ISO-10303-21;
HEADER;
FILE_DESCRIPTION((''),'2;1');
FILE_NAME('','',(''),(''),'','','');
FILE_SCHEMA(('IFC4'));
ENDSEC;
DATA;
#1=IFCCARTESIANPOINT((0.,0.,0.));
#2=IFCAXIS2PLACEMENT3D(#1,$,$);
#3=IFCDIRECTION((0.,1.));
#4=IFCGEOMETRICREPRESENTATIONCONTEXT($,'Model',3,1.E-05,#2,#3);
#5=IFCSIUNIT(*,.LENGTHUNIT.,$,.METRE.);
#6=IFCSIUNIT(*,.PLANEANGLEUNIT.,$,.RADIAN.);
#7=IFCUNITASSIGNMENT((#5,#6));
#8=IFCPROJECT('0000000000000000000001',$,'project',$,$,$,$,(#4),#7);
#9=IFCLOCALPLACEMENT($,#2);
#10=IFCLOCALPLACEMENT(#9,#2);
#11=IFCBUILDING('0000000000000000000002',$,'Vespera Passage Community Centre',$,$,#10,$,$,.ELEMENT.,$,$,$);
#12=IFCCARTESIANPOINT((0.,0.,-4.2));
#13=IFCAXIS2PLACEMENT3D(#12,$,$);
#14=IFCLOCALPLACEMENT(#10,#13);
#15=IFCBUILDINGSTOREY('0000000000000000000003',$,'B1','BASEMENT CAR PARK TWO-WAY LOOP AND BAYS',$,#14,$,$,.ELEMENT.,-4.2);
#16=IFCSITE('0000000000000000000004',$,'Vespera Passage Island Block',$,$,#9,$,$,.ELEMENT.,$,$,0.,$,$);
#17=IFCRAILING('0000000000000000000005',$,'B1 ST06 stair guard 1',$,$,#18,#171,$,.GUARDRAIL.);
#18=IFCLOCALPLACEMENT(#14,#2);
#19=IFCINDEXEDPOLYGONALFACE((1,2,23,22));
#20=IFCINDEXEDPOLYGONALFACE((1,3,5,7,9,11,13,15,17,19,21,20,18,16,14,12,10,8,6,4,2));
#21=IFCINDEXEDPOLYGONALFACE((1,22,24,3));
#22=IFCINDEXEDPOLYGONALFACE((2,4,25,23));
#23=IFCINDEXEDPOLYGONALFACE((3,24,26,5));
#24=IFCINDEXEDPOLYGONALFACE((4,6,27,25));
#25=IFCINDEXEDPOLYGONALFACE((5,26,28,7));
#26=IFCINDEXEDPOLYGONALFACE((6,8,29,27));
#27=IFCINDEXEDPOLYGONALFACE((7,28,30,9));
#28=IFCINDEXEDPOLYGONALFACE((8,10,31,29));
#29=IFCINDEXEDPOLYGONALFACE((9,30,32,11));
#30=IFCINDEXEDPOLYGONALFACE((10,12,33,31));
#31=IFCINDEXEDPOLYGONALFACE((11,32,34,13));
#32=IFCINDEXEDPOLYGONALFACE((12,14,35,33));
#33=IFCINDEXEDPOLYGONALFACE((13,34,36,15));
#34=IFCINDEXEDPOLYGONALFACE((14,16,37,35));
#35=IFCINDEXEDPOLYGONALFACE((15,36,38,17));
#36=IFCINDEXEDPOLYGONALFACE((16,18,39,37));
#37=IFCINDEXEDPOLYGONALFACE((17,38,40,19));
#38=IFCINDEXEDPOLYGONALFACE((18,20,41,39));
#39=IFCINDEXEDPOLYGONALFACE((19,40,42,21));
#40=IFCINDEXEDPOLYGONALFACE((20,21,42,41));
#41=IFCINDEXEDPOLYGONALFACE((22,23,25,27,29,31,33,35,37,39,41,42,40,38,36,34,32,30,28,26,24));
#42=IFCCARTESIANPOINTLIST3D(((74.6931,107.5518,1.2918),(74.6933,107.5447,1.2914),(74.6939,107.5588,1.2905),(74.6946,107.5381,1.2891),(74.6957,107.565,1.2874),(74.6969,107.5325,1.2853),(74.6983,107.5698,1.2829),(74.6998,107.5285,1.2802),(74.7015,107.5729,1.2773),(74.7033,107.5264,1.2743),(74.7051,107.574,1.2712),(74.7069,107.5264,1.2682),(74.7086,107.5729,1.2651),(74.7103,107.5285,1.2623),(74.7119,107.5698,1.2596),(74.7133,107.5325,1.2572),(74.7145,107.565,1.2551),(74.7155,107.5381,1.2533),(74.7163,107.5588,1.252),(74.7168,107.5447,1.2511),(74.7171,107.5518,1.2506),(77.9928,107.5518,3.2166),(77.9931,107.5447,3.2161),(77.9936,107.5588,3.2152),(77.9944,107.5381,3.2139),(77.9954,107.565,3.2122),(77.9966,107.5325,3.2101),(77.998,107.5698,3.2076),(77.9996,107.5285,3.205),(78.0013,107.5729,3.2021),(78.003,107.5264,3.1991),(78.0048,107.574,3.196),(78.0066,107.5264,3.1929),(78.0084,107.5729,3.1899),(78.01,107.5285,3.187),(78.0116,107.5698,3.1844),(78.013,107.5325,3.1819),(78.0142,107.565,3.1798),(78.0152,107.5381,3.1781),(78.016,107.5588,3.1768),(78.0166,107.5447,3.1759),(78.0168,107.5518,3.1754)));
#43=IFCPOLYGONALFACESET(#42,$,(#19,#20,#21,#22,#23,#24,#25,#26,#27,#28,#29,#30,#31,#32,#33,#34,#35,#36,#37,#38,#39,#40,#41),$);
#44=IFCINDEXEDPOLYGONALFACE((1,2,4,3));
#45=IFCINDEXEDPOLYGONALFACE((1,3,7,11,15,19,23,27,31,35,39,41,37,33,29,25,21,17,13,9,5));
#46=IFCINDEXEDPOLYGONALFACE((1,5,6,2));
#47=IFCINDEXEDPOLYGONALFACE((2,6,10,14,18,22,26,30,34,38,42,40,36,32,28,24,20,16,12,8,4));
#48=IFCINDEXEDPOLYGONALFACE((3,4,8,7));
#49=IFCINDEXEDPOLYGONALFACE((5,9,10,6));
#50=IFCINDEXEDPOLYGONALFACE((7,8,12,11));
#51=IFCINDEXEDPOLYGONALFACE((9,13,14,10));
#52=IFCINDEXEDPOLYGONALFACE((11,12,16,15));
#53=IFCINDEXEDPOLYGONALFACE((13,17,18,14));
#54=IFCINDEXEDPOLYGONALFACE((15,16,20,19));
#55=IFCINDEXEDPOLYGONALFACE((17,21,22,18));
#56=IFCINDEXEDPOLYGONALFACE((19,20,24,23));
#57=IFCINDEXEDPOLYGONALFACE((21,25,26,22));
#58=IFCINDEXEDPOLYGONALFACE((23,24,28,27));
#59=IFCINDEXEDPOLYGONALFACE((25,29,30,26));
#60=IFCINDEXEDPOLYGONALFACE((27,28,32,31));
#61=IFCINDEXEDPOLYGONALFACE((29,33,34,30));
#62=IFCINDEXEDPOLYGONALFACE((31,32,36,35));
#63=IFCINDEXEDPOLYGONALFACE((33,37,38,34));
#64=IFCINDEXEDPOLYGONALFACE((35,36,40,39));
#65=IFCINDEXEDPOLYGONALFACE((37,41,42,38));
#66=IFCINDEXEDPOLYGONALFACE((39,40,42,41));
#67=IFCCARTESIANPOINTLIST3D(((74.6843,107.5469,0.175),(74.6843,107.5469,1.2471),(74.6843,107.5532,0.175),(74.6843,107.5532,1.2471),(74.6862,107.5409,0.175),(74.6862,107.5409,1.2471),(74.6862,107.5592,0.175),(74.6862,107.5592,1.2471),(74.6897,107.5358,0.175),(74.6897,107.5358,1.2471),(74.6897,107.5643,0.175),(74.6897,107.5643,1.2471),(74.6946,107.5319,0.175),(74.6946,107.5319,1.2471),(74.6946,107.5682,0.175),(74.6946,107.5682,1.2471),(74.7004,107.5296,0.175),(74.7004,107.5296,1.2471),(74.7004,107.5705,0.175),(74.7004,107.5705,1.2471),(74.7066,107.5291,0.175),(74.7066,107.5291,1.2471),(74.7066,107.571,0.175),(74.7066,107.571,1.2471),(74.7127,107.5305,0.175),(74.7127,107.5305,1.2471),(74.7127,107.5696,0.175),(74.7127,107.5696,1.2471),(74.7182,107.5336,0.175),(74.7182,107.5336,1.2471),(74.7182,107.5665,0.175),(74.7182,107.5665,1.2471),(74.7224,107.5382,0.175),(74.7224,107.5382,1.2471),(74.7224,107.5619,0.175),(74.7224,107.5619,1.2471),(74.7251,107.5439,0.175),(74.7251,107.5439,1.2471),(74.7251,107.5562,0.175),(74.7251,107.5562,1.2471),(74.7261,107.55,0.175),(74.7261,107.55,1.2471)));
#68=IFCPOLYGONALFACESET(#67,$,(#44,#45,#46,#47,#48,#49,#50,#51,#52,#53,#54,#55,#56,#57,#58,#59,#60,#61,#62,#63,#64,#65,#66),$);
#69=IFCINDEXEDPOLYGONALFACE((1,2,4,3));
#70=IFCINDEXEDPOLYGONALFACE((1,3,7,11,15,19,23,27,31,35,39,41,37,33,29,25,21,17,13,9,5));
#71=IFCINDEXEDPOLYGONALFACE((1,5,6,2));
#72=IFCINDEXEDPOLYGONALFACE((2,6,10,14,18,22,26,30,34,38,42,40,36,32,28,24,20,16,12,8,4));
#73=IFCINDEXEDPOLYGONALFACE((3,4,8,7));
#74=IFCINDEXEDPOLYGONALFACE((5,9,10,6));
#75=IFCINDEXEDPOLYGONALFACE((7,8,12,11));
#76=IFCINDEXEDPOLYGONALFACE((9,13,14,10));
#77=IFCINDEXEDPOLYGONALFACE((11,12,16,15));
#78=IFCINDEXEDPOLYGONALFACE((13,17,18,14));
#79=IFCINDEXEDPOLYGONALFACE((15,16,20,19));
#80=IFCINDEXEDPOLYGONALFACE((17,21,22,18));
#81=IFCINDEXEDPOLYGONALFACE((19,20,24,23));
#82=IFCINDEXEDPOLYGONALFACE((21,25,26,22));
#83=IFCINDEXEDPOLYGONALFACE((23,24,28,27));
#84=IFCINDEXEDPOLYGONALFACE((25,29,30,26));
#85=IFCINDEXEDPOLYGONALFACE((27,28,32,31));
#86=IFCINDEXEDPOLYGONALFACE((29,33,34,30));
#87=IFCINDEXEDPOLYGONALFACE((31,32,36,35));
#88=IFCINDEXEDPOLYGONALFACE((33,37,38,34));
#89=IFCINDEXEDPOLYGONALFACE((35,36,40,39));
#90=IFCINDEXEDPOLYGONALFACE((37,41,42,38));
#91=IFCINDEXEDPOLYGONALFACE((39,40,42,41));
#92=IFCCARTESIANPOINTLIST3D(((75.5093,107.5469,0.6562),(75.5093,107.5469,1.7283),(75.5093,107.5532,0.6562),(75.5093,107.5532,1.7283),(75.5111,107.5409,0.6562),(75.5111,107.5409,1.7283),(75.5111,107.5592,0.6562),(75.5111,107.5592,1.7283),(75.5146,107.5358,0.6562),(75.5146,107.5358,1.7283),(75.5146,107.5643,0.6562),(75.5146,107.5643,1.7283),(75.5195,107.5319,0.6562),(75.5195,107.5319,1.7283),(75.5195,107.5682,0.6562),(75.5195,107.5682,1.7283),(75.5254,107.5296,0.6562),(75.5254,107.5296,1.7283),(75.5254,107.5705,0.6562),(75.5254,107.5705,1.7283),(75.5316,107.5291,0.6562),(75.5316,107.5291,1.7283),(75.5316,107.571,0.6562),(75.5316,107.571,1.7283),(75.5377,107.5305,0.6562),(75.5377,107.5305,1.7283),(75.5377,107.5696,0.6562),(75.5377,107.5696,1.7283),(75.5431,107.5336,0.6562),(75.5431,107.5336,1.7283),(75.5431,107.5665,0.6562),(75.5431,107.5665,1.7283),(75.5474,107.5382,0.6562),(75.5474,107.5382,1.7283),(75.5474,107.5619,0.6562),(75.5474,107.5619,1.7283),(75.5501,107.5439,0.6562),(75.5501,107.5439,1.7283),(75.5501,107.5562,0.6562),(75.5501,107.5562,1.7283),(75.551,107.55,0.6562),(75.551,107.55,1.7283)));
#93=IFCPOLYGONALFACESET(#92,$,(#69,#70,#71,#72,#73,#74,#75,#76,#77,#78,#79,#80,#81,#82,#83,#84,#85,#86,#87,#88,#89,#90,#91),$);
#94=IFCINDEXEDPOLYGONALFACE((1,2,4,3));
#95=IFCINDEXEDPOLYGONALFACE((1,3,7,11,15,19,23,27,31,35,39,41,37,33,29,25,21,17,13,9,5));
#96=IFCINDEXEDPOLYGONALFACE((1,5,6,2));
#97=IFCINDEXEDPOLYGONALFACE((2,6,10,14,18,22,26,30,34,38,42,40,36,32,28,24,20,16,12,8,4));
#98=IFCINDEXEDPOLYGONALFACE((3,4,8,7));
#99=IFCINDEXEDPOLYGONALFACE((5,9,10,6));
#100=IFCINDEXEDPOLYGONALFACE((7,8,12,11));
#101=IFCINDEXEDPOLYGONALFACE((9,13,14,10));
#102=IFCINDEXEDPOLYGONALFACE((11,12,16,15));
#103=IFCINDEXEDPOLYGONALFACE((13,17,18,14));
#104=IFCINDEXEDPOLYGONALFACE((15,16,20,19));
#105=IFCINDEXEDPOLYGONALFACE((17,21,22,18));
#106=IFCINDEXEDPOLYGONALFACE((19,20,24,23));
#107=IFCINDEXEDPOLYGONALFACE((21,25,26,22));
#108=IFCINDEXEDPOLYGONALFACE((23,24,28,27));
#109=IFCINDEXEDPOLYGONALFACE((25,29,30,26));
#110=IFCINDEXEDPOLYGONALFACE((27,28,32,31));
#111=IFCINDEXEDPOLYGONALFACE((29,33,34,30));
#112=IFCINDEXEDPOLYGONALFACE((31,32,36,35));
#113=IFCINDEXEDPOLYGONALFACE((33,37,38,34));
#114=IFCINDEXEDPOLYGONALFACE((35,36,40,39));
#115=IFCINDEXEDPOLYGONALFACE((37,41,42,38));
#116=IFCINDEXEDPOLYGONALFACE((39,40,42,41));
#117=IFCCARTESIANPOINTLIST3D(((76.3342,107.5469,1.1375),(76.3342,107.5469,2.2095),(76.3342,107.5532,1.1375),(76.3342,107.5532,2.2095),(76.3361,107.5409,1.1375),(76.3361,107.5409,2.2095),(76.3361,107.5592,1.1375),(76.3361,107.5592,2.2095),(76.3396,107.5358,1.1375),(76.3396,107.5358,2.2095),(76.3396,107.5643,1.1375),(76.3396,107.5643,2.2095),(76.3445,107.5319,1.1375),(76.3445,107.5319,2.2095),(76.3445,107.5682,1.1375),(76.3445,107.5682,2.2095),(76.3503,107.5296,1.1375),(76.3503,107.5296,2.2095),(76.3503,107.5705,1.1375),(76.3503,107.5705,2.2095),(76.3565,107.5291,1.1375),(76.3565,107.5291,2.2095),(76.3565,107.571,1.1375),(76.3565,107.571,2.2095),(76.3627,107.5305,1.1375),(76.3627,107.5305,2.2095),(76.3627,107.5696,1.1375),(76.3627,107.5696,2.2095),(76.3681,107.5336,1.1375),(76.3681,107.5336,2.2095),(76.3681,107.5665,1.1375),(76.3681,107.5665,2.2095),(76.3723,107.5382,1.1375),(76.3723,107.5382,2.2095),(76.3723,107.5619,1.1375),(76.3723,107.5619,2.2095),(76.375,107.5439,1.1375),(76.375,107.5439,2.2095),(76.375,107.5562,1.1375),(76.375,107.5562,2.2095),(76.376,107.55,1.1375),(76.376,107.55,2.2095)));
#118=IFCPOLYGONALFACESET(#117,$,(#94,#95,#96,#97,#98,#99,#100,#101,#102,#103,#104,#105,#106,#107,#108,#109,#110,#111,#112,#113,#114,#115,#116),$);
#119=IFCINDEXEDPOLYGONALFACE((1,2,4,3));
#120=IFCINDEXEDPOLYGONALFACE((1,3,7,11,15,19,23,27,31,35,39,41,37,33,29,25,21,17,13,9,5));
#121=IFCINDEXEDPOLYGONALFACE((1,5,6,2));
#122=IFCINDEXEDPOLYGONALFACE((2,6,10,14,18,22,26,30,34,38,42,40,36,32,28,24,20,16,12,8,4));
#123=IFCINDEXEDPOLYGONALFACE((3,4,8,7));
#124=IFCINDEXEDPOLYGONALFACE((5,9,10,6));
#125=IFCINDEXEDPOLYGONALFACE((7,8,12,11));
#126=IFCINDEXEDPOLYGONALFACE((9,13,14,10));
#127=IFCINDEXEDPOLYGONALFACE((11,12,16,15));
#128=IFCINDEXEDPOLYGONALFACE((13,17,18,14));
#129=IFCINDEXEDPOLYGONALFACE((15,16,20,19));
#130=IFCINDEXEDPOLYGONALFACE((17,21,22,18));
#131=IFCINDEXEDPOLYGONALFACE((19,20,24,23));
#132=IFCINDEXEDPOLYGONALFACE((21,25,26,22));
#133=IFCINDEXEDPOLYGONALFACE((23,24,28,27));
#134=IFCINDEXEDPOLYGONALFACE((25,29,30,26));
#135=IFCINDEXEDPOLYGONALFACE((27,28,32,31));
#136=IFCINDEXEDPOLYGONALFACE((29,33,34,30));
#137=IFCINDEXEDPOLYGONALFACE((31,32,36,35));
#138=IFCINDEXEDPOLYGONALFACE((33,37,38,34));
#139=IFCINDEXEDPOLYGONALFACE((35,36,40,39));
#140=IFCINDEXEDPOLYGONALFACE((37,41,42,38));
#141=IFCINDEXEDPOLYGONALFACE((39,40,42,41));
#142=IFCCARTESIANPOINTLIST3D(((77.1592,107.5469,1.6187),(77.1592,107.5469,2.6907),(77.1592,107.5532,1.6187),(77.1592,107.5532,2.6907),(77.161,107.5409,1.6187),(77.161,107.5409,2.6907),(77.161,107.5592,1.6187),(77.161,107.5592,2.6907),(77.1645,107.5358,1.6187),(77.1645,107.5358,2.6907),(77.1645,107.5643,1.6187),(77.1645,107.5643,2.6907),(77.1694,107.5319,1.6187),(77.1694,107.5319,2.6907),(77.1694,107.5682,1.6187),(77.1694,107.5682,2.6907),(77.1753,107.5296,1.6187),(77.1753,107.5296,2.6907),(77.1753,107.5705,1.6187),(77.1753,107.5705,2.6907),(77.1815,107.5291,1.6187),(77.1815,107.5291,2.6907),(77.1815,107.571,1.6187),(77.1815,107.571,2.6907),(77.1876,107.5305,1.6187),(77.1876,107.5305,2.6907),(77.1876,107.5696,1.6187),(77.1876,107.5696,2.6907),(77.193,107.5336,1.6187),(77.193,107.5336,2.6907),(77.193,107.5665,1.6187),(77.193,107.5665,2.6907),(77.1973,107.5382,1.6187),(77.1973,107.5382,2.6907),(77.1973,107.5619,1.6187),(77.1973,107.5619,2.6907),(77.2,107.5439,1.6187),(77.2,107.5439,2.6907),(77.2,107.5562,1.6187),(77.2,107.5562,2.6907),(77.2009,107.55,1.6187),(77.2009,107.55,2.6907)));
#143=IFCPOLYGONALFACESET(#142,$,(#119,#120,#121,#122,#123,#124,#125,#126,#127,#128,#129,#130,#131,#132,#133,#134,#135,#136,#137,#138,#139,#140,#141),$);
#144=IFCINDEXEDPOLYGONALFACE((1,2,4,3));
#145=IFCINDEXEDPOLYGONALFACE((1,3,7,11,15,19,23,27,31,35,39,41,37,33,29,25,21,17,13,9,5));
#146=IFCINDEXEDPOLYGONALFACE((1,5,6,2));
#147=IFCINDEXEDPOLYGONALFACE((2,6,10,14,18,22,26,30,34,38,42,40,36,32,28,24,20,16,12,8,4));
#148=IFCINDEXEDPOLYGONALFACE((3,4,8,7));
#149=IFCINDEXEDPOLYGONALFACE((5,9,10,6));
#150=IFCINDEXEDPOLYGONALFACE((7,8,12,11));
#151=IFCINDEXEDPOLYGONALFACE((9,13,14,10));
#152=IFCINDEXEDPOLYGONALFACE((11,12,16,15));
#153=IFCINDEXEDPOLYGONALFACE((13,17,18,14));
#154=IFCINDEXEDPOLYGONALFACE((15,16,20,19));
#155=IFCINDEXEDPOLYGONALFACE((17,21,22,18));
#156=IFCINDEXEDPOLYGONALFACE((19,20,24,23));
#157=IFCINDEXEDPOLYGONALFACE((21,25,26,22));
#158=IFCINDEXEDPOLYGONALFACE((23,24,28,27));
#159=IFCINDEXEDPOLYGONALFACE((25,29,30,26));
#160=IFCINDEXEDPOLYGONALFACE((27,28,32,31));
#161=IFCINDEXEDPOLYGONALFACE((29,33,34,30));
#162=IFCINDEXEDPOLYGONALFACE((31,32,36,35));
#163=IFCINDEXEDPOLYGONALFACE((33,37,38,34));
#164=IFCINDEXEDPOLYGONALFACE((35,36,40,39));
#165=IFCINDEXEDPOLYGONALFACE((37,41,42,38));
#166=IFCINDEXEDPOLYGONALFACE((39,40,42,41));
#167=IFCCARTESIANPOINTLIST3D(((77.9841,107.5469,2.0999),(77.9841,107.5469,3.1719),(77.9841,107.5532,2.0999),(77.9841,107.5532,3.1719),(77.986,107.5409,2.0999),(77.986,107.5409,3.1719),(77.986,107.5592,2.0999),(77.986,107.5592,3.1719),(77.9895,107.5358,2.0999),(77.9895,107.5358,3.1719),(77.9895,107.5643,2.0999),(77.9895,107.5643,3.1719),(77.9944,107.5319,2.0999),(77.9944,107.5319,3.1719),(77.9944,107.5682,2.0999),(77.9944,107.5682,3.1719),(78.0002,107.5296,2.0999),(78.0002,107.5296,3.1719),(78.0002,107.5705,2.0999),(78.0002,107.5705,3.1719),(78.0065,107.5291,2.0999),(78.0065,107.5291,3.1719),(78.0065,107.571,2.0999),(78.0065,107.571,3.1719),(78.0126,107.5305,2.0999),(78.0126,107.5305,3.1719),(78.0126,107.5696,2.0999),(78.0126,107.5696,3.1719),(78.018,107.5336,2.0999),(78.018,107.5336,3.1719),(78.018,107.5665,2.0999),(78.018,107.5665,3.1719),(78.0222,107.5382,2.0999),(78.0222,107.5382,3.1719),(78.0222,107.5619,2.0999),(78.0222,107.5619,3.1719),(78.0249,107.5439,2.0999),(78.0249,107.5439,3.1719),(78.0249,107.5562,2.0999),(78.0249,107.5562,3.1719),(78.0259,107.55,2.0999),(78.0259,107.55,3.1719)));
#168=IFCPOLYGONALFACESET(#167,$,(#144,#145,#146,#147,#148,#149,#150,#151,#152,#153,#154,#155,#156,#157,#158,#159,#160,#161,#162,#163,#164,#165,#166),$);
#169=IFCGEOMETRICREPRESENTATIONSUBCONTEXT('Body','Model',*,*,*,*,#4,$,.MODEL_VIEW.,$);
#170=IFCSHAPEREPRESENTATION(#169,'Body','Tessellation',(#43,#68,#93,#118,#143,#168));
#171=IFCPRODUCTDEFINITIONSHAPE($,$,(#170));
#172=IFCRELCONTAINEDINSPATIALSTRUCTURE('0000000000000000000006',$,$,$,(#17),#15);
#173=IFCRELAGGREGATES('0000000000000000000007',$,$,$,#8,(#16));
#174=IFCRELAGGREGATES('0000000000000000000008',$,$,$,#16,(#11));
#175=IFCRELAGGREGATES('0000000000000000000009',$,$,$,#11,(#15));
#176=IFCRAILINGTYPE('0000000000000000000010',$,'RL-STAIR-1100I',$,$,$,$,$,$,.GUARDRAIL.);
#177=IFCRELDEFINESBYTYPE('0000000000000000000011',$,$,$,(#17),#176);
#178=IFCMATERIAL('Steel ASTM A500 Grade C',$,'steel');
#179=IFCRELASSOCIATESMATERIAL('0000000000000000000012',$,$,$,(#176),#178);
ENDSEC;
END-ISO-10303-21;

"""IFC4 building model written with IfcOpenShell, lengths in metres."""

from ifc_helpers import new_model, si_unit, direction, frame, origin, origin_2d, place, context, subcontext, project, spatial, circle, extrude, material, type_object, element, save


model = new_model("IFC4")

# Units and contexts
model_context = context("Model", 3, precision=1e-05, world=origin(), true_north=direction((0.0, 1.0)))
body_context = subcontext(model_context, "Body", "Model", "MODEL_VIEW")
ifc_project = project(units=[si_unit("LENGTHUNIT", "METRE"), si_unit("PLANEANGLEUNIT", "RADIAN")], contexts=[model_context])

# Site, building, storey
site_placement = place(None, origin())
site = spatial("IfcSite", under=ifc_project, at=site_placement, Name="Vespera Passage Island Block", CompositionType="ELEMENT", RefElevation=0.0)
building_placement = place(site_placement, origin())
building = spatial("IfcBuilding", under=site, at=building_placement, Name="Vespera Passage Community Centre", CompositionType="ELEMENT")
storey_placement = place(building_placement, frame((0.0, 0.0, -4.2)))
storey = spatial("IfcBuildingStorey", under=building, at=storey_placement, Name="B1", Description="BASEMENT CAR PARK TWO-WAY LOOP AND BAYS", CompositionType="ELEMENT", Elevation=-4.2)

# Railing
ifc_material_1 = material(Name="Steel ASTM A500 Grade C", Category="steel")
railing_type_1 = type_object("IfcRailingType", Name="RL-STAIR-1100I", PredefinedType="GUARDRAIL", material=ifc_material_1)
railing_1_placement = place(storey_placement, frame((74.7051, 107.55, 0.175)))
element("IfcRailing", 1, at=railing_1_placement, inside=storey, type_object=railing_type_1, Name="B1 ST06 stair guard 1", PredefinedType="GUARDRAIL", context=body_context, shape_type="SweptSolid", body=[
    extrude(circle(Radius=0.0239, at=origin_2d()), frame((0.0, 0.0, 1.0962), z_axis=(0.863788, 0.0, 0.503855), x_axis=(0.0, 1.0, 0.0)), (0.0, 0.0, 1.0), 3.8201),
    extrude(circle(Radius=0.021, at=origin_2d()), origin(), (0.0, 0.0, 1.0), 1.072),
    extrude(circle(Radius=0.021, at=origin_2d()), frame((0.825, 0.0, 0.4812)), (0.0, 0.0, 1.0), 1.072),
    extrude(circle(Radius=0.021, at=origin_2d()), frame((1.6499, 0.0, 0.9624)), (0.0, 0.0, 1.0), 1.072),
    extrude(circle(Radius=0.021, at=origin_2d()), frame((2.4749, 0.0, 1.4436)), (0.0, 0.0, 1.0), 1.072),
    extrude(circle(Radius=0.021, at=origin_2d()), frame((3.2998, 0.0, 1.9248)), (0.0, 0.0, 1.0), 1.072),
])

save(model, "model.ifc")
